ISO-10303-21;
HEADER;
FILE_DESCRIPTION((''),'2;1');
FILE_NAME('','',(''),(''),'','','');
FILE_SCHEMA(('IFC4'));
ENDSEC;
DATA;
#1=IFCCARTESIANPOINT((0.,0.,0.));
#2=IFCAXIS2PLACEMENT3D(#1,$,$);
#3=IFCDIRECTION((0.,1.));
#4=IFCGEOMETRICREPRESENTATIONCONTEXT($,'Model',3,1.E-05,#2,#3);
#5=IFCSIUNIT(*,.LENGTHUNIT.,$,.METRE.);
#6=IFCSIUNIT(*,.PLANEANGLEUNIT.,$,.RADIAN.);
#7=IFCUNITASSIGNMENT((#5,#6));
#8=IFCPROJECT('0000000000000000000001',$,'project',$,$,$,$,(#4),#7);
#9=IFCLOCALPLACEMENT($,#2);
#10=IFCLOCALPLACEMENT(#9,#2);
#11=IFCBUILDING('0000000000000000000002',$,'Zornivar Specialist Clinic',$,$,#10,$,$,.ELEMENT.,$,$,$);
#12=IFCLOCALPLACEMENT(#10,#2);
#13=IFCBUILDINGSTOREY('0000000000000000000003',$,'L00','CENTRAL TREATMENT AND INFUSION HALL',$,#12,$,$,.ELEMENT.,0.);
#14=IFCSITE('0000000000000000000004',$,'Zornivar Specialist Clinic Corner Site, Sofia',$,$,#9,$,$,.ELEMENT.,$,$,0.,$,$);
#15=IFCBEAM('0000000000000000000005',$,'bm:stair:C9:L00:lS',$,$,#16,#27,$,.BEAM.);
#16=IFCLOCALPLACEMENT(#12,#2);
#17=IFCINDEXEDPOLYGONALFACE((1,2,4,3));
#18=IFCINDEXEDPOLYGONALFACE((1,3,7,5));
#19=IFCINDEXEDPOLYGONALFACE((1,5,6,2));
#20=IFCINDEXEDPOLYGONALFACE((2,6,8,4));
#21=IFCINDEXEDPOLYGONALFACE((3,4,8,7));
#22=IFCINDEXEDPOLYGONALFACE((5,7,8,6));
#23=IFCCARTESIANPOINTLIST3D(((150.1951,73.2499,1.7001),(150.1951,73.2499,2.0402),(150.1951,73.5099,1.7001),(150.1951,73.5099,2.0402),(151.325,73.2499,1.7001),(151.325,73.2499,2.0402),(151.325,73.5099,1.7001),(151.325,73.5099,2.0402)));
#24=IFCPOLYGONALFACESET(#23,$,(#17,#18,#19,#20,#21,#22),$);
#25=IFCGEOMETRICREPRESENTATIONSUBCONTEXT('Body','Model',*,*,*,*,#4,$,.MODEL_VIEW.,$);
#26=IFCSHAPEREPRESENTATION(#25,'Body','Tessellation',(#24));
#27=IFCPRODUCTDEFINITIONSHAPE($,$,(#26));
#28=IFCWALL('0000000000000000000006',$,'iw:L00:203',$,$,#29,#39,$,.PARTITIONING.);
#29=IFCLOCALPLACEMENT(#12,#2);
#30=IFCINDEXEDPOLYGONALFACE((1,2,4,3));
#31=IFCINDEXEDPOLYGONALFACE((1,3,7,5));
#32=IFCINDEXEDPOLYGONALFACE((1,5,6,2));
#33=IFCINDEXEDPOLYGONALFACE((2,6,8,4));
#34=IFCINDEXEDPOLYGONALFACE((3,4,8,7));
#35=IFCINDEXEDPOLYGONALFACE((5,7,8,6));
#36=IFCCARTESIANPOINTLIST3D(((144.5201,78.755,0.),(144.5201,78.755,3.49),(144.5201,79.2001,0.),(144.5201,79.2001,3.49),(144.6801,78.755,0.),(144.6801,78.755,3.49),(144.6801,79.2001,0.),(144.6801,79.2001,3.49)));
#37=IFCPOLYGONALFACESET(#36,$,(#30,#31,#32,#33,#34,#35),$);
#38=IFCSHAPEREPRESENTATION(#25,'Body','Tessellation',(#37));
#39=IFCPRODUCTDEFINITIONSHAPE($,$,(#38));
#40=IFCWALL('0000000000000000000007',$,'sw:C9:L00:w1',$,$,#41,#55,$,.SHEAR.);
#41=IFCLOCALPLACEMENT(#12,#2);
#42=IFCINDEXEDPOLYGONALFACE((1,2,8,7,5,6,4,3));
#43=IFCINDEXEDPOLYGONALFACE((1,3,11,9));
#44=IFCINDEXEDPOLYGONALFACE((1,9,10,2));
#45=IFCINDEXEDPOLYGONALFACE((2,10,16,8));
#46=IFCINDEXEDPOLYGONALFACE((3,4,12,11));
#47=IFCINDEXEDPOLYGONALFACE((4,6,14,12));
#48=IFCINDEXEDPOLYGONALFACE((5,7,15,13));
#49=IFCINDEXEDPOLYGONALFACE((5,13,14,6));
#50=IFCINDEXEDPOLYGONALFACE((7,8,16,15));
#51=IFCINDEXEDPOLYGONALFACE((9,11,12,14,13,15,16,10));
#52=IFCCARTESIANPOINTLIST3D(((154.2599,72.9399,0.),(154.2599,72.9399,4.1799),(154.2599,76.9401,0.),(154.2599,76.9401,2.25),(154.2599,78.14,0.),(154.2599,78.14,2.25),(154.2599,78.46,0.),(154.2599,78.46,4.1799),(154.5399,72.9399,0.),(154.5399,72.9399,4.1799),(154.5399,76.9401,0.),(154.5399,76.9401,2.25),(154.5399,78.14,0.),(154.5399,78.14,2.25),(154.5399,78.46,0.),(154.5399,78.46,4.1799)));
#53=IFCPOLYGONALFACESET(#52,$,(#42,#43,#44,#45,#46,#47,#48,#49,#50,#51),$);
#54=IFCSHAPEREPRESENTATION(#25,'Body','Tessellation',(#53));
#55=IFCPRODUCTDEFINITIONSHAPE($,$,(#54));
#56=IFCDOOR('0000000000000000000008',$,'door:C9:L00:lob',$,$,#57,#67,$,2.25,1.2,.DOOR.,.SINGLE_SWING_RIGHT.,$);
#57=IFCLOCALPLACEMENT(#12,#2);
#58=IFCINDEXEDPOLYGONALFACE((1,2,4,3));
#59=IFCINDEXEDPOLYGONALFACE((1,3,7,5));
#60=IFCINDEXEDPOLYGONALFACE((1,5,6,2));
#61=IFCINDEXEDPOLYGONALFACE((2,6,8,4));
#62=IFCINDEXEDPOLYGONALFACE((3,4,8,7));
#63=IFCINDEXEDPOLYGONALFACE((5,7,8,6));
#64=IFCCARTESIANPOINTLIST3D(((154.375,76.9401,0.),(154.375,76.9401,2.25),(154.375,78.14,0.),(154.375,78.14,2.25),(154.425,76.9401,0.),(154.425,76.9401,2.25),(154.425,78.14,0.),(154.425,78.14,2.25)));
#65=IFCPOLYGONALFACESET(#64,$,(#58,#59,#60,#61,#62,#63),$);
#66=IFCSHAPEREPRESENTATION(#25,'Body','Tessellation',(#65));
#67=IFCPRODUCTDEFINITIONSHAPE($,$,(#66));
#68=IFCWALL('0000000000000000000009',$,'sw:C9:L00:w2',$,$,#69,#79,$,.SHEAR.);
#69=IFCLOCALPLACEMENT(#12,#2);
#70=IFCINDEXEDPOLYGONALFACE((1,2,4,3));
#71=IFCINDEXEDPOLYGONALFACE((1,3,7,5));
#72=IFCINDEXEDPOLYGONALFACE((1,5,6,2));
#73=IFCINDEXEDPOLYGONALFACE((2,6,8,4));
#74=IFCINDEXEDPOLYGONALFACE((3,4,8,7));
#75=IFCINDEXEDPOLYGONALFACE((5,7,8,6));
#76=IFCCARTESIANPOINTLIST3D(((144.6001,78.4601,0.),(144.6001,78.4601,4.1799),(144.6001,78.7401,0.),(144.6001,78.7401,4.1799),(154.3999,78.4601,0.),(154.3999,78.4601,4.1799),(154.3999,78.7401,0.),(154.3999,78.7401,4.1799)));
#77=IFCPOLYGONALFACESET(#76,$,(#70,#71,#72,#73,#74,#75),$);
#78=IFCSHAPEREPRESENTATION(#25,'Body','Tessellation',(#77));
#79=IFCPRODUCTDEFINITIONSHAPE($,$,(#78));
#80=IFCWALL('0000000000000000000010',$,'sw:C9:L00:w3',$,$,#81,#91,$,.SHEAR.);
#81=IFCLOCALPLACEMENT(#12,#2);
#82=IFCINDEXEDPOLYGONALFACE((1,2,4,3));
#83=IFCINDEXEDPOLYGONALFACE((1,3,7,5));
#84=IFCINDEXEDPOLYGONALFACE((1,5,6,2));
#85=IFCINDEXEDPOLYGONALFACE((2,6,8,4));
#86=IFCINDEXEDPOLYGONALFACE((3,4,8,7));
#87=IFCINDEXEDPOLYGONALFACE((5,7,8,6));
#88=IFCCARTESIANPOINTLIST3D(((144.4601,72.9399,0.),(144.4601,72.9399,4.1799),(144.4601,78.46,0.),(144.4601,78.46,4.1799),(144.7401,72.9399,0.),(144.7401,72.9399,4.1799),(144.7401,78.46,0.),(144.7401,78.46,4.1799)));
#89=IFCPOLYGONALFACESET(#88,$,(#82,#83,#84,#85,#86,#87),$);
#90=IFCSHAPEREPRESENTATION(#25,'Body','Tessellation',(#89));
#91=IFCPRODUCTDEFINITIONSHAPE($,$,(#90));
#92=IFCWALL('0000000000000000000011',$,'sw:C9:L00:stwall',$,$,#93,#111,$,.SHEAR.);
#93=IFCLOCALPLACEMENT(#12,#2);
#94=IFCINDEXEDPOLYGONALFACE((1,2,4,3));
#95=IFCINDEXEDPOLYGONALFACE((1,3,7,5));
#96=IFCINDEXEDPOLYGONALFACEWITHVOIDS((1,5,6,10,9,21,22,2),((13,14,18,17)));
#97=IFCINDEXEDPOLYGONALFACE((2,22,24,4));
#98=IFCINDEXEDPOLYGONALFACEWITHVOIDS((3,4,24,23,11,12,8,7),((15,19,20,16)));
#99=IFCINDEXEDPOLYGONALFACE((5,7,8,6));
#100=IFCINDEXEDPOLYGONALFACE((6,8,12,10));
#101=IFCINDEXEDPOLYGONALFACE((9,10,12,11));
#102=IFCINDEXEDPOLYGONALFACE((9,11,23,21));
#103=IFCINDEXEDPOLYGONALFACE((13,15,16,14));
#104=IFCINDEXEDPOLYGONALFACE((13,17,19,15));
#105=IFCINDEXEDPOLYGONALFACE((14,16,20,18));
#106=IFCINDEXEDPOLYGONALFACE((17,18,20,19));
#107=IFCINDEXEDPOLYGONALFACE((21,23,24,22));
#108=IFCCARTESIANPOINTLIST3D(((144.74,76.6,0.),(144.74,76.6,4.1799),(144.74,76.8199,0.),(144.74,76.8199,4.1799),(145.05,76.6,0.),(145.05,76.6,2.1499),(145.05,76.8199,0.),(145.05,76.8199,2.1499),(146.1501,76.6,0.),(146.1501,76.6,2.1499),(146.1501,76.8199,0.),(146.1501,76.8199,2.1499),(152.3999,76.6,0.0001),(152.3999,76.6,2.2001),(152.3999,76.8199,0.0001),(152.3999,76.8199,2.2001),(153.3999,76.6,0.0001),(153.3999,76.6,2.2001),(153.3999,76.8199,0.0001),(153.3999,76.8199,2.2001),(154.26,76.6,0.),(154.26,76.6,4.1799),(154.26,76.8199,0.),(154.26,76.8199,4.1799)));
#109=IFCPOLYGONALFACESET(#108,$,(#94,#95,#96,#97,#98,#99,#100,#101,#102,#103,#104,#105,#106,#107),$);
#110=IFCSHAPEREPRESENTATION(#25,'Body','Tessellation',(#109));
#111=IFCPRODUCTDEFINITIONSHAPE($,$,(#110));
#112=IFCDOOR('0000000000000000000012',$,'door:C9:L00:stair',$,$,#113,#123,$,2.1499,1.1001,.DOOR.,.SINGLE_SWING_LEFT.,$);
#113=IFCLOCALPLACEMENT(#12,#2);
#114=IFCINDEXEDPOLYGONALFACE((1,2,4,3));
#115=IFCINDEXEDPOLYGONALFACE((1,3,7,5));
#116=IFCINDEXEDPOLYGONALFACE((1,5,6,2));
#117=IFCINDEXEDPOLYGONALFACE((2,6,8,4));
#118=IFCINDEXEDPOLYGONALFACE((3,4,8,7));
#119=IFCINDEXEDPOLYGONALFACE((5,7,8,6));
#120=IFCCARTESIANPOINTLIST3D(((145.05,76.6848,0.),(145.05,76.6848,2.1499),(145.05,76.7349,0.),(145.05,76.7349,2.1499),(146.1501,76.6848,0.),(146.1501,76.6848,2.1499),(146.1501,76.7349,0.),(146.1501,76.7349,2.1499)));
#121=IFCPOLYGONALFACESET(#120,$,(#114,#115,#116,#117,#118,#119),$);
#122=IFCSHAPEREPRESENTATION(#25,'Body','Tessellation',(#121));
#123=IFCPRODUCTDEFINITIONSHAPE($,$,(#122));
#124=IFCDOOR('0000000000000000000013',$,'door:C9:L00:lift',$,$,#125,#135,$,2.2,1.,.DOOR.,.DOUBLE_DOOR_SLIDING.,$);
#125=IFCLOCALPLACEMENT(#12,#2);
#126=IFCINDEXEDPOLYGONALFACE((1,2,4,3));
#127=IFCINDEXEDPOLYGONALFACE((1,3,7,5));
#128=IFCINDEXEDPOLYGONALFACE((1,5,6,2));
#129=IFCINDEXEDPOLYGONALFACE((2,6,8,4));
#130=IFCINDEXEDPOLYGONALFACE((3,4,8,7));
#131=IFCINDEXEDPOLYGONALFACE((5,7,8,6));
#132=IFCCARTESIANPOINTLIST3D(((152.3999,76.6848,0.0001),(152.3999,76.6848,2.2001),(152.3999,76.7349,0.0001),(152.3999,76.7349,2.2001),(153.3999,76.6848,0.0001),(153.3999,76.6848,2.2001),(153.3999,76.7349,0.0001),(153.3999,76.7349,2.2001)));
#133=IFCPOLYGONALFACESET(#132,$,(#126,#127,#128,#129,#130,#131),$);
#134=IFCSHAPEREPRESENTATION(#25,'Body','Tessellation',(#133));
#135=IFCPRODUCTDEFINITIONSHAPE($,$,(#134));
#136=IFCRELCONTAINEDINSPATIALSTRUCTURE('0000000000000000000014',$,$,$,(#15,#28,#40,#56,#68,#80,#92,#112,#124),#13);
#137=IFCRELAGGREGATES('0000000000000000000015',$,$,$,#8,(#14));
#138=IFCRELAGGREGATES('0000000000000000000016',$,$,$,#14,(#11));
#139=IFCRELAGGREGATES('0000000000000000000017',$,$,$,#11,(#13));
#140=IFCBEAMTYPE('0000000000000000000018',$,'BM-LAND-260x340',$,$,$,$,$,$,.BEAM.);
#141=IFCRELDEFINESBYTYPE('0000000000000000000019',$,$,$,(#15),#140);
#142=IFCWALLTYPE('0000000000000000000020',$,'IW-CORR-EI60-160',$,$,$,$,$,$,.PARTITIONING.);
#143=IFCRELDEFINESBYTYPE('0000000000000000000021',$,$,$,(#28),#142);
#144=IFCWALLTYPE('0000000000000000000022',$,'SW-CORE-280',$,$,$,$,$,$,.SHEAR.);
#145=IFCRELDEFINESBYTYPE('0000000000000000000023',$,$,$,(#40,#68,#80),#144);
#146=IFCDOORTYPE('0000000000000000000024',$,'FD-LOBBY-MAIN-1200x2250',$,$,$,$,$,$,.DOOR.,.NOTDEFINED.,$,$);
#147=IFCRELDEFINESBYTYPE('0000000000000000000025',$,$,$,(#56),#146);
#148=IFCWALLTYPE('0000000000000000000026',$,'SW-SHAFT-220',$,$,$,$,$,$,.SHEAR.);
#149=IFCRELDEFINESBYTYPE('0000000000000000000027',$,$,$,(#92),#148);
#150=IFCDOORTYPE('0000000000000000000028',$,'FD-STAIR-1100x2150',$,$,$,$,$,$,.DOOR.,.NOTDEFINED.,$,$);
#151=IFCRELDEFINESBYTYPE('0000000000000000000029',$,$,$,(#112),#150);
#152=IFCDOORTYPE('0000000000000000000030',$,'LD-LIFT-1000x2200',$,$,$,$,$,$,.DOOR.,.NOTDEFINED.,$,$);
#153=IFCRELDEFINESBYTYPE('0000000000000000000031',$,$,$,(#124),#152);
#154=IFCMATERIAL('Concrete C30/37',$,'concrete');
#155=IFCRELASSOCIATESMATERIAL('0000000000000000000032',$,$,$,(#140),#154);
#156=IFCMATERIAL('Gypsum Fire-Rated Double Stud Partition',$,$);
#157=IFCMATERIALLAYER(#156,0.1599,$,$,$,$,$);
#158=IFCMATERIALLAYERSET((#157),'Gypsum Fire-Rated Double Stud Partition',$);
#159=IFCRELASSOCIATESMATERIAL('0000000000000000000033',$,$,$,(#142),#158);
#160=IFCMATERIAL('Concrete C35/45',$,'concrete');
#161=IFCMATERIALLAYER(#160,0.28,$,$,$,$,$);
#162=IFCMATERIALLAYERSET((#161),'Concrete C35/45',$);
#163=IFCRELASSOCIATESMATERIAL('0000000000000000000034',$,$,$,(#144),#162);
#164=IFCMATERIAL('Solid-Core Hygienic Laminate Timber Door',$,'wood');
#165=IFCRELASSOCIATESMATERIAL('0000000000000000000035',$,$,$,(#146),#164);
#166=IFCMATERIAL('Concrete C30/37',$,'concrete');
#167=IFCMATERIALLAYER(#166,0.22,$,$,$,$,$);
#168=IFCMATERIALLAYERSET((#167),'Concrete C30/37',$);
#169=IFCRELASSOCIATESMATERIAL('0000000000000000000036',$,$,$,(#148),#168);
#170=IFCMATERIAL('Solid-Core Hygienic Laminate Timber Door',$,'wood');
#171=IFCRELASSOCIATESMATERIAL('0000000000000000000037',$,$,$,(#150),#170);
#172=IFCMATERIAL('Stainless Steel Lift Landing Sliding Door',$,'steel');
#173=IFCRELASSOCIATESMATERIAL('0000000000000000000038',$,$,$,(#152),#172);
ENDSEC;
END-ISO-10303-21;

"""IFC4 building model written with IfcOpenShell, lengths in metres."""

from ifc_helpers import new_model, si_unit, direction, frame, frame_2d, origin, origin_2d, place, context, subcontext, project, spatial, rectangle, extrude, material, layer, layer_set, material_profile, profile_set, type_object, element, fill, save


model = new_model("IFC4")

# Units and contexts
model_context = context("Model", 3, precision=1e-05, world=origin(), true_north=direction((0.0, 1.0)))
body_context = subcontext(model_context, "Body", "Model", "MODEL_VIEW")
ifc_project = project(units=[si_unit("LENGTHUNIT", "METRE"), si_unit("PLANEANGLEUNIT", "RADIAN")], contexts=[model_context])

# Site, building, storey
site_placement = place(None, origin())
site = spatial("IfcSite", under=ifc_project, at=site_placement, Name="Zornivar Specialist Clinic Corner Site, Sofia", CompositionType="ELEMENT", RefElevation=0.0)
building_placement = place(site_placement, origin())
building = spatial("IfcBuilding", under=site, at=building_placement, Name="Zornivar Specialist Clinic", CompositionType="ELEMENT")
storey_placement = place(building_placement, origin())
storey = spatial("IfcBuildingStorey", under=building, at=storey_placement, Name="L00", Description="CENTRAL TREATMENT AND INFUSION HALL", CompositionType="ELEMENT", Elevation=0.0)

# Beam
ifc_material_1 = material(Name="Concrete C30/37", Category="concrete")
ifc_material_profile_1 = material_profile(ifc_material_1, rectangle(XDim=0.26, YDim=0.3401, at=origin_2d()), Name="RC 260x340")
ifc_profile_set_1 = profile_set([ifc_material_profile_1], Name="Concrete C30/37")
beam_type = type_object("IfcBeamType", Name="BM-LAND-260x340", PredefinedType="BEAM", material=ifc_profile_set_1)
beam_placement = place(storey_placement, frame((150.1951, 73.3799, 1.8701), z_axis=(1.0, 0.0, 0.0), x_axis=(0.0, 1.0, 0.0)))
element("IfcBeam", 1, at=beam_placement, inside=storey, type_object=beam_type, Name="bm:stair:C9:L00:lS", PredefinedType="BEAM", context=body_context, shape_type="SweptSolid", body=[
    extrude(rectangle(XDim=0.26, YDim=0.3401, at=origin_2d()), origin(), (0.0, 0.0, 1.0), 1.1299),
])

# Wall
ifc_material_2 = material(Name="Gypsum Fire-Rated Double Stud Partition")
ifc_layer_1 = layer(ifc_material_2, 0.1599)
ifc_layer_set_1 = layer_set([ifc_layer_1], Name="Gypsum Fire-Rated Double Stud Partition")
wall_type_1 = type_object("IfcWallType", Name="IW-CORR-EI60-160", PredefinedType="PARTITIONING", material=ifc_layer_set_1)
wall_1_placement = place(storey_placement, frame((144.6001, 78.7549, 0.0), z_axis=(0.0, 0.0, 1.0), x_axis=(0.0, 1.0, 0.0)))
element("IfcWall", 2, at=wall_1_placement, inside=storey, type_object=wall_type_1, Name="iw:L00:203", PredefinedType="PARTITIONING", context=body_context, shape_type="SweptSolid", body=[
    extrude(rectangle(XDim=0.4451, YDim=0.1599, at=frame_2d((0.2227, 0.0))), origin(), (0.0, 0.0, 1.0), 3.49),
])

# Wall, opening, door
ifc_material_3 = material(Name="Concrete C35/45", Category="concrete")
ifc_layer_2 = layer(ifc_material_3, 0.28)
ifc_layer_set_2 = layer_set([ifc_layer_2], Name="Concrete C35/45")
wall_type_2 = type_object("IfcWallType", Name="SW-CORE-280", PredefinedType="SHEAR", material=ifc_layer_set_2)
wall_2_placement = place(storey_placement, frame((154.3999, 72.9399, 0.0), z_axis=(0.0, 0.0, 1.0), x_axis=(0.0, 1.0, 0.0)))
wall_2 = element("IfcWall", 3, at=wall_2_placement, inside=storey, type_object=wall_type_2, Name="sw:C9:L00:w1", PredefinedType="SHEAR", context=body_context, shape_type="SweptSolid", body=[
    extrude(rectangle(XDim=5.52, YDim=0.28, at=frame_2d((2.76, 0.0))), origin(), (0.0, 0.0, 1.0), 4.1799),
])
opening_1_placement = place(wall_2_placement, frame((4.0, 0.0, 0.0)))
opening_1 = element("IfcOpeningElement", 4, at=opening_1_placement, cuts=wall_2, PredefinedType="OPENING", context=body_context, shape_type="SweptSolid", body=[
    extrude(rectangle(XDim=1.2, YDim=2.25, at=frame_2d((0.6001, 1.125))), frame((0.0, 0.1499, 0.0), z_axis=(0.0, -1.0, 0.0), x_axis=(1.0, 0.0, 0.0)), (0.0, 0.0, 1.0), 0.3),
])
ifc_material_4 = material(Name="Solid-Core Hygienic Laminate Timber Door", Category="wood")
door_type_1 = type_object("IfcDoorType", Name="FD-LOBBY-MAIN-1200x2250", OperationType="NOTDEFINED", PredefinedType="DOOR", material=ifc_material_4)
door_1_placement = place(opening_1_placement, origin())
door_1 = element("IfcDoor", 5, at=door_1_placement, inside=storey, type_object=door_type_1, Name="door:C9:L00:lob", OperationType="SINGLE_SWING_RIGHT", OverallHeight=2.25, OverallWidth=1.2, PredefinedType="DOOR", context=body_context, shape_type="SweptSolid", body=[
    extrude(rectangle(XDim=1.2, YDim=2.25, at=frame_2d((0.6001, 1.125))), frame((0.0, 0.0249, 0.0), z_axis=(0.0, -1.0, 0.0), x_axis=(1.0, 0.0, 0.0)), (0.0, 0.0, 1.0), 0.05),
])
fill(opening_1, door_1)

# Walls
wall_3_placement = place(storey_placement, frame((154.3999, 78.6001, 0.0), z_axis=(0.0, 0.0, 1.0), x_axis=(-1.0, 0.0, 0.0)))
element("IfcWall", 6, at=wall_3_placement, inside=storey, type_object=wall_type_2, Name="sw:C9:L00:w2", PredefinedType="SHEAR", context=body_context, shape_type="SweptSolid", body=[
    extrude(rectangle(XDim=9.7998, YDim=0.28, at=frame_2d((4.8999, 0.0))), origin(), (0.0, 0.0, 1.0), 4.1799),
])
wall_4_placement = place(storey_placement, frame((144.6001, 78.46, 0.0), z_axis=(0.0, 0.0, 1.0), x_axis=(0.0, -1.0, 0.0)))
element("IfcWall", 7, at=wall_4_placement, inside=storey, type_object=wall_type_2, Name="sw:C9:L00:w3", PredefinedType="SHEAR", context=body_context, shape_type="SweptSolid", body=[
    extrude(rectangle(XDim=5.52, YDim=0.28, at=frame_2d((2.76, 0.0))), origin(), (0.0, 0.0, 1.0), 4.1799),
])

# Wall, openings, doors
ifc_material_5 = material(Name="Concrete C30/37", Category="concrete")
ifc_layer_3 = layer(ifc_material_5, 0.22)
ifc_layer_set_3 = layer_set([ifc_layer_3], Name="Concrete C30/37")
wall_type_3 = type_object("IfcWallType", Name="SW-SHAFT-220", PredefinedType="SHEAR", material=ifc_layer_set_3)
wall_5_placement = place(storey_placement, frame((144.74, 76.71, 0.0), z_axis=(0.0, 0.0, 1.0), x_axis=(1.0, 0.0, 0.0)))
wall_5 = element("IfcWall", 8, at=wall_5_placement, inside=storey, type_object=wall_type_3, Name="sw:C9:L00:stwall", PredefinedType="SHEAR", context=body_context, shape_type="SweptSolid", body=[
    extrude(rectangle(XDim=9.52, YDim=0.22, at=frame_2d((4.76, 0.0))), origin(), (0.0, 0.0, 1.0), 4.1799),
])
opening_2_placement = place(wall_5_placement, frame((0.3101, 0.0, 0.0)))
opening_2 = element("IfcOpeningElement", 9, at=opening_2_placement, cuts=wall_5, PredefinedType="OPENING", context=body_context, shape_type="SweptSolid", body=[
    extrude(rectangle(XDim=1.1001, YDim=2.1499, at=frame_2d((0.55, 1.075))), frame((0.0, 0.1199, 0.0), z_axis=(0.0, -1.0, 0.0), x_axis=(1.0, 0.0, 0.0)), (0.0, 0.0, 1.0), 0.24),
])
opening_3_placement = place(wall_5_placement, frame((7.6599, 0.0, 0.0)))
opening_3 = element("IfcOpeningElement", 10, at=opening_3_placement, cuts=wall_5, PredefinedType="OPENING", context=body_context, shape_type="SweptSolid", body=[
    extrude(rectangle(XDim=1.0, YDim=2.2, at=frame_2d((0.5, 1.1001))), frame((0.0, 0.1199, 0.0), z_axis=(0.0, -1.0, 0.0), x_axis=(1.0, 0.0, 0.0)), (0.0, 0.0, 1.0), 0.24),
])
ifc_material_6 = material(Name="Solid-Core Hygienic Laminate Timber Door", Category="wood")
door_type_2 = type_object("IfcDoorType", Name="FD-STAIR-1100x2150", OperationType="NOTDEFINED", PredefinedType="DOOR", material=ifc_material_6)
door_2_placement = place(opening_2_placement, origin())
door_2 = element("IfcDoor", 11, at=door_2_placement, inside=storey, type_object=door_type_2, Name="door:C9:L00:stair", OperationType="SINGLE_SWING_LEFT", OverallHeight=2.1499, OverallWidth=1.1001, PredefinedType="DOOR", context=body_context, shape_type="SweptSolid", body=[
    extrude(rectangle(XDim=1.1001, YDim=2.1499, at=frame_2d((0.55, 1.075))), frame((0.0, 0.0249, 0.0), z_axis=(0.0, -1.0, 0.0), x_axis=(1.0, 0.0, 0.0)), (0.0, 0.0, 1.0), 0.05),
])
fill(opening_2, door_2)
ifc_material_7 = material(Name="Stainless Steel Lift Landing Sliding Door", Category="steel")
door_type_3 = type_object("IfcDoorType", Name="LD-LIFT-1000x2200", OperationType="NOTDEFINED", PredefinedType="DOOR", material=ifc_material_7)
door_3_placement = place(opening_3_placement, origin())
door_3 = element("IfcDoor", 12, at=door_3_placement, inside=storey, type_object=door_type_3, Name="door:C9:L00:lift", OperationType="DOUBLE_DOOR_SLIDING", OverallHeight=2.2, OverallWidth=1.0, PredefinedType="DOOR", context=body_context, shape_type="SweptSolid", body=[
    extrude(rectangle(XDim=1.0, YDim=2.2, at=frame_2d((0.5, 1.1001))), frame((0.0, 0.0249, 0.0), z_axis=(0.0, -1.0, 0.0), x_axis=(1.0, 0.0, 0.0)), (0.0, 0.0, 1.0), 0.05),
])
fill(opening_3, door_3)

save(model, "model.ifc")
